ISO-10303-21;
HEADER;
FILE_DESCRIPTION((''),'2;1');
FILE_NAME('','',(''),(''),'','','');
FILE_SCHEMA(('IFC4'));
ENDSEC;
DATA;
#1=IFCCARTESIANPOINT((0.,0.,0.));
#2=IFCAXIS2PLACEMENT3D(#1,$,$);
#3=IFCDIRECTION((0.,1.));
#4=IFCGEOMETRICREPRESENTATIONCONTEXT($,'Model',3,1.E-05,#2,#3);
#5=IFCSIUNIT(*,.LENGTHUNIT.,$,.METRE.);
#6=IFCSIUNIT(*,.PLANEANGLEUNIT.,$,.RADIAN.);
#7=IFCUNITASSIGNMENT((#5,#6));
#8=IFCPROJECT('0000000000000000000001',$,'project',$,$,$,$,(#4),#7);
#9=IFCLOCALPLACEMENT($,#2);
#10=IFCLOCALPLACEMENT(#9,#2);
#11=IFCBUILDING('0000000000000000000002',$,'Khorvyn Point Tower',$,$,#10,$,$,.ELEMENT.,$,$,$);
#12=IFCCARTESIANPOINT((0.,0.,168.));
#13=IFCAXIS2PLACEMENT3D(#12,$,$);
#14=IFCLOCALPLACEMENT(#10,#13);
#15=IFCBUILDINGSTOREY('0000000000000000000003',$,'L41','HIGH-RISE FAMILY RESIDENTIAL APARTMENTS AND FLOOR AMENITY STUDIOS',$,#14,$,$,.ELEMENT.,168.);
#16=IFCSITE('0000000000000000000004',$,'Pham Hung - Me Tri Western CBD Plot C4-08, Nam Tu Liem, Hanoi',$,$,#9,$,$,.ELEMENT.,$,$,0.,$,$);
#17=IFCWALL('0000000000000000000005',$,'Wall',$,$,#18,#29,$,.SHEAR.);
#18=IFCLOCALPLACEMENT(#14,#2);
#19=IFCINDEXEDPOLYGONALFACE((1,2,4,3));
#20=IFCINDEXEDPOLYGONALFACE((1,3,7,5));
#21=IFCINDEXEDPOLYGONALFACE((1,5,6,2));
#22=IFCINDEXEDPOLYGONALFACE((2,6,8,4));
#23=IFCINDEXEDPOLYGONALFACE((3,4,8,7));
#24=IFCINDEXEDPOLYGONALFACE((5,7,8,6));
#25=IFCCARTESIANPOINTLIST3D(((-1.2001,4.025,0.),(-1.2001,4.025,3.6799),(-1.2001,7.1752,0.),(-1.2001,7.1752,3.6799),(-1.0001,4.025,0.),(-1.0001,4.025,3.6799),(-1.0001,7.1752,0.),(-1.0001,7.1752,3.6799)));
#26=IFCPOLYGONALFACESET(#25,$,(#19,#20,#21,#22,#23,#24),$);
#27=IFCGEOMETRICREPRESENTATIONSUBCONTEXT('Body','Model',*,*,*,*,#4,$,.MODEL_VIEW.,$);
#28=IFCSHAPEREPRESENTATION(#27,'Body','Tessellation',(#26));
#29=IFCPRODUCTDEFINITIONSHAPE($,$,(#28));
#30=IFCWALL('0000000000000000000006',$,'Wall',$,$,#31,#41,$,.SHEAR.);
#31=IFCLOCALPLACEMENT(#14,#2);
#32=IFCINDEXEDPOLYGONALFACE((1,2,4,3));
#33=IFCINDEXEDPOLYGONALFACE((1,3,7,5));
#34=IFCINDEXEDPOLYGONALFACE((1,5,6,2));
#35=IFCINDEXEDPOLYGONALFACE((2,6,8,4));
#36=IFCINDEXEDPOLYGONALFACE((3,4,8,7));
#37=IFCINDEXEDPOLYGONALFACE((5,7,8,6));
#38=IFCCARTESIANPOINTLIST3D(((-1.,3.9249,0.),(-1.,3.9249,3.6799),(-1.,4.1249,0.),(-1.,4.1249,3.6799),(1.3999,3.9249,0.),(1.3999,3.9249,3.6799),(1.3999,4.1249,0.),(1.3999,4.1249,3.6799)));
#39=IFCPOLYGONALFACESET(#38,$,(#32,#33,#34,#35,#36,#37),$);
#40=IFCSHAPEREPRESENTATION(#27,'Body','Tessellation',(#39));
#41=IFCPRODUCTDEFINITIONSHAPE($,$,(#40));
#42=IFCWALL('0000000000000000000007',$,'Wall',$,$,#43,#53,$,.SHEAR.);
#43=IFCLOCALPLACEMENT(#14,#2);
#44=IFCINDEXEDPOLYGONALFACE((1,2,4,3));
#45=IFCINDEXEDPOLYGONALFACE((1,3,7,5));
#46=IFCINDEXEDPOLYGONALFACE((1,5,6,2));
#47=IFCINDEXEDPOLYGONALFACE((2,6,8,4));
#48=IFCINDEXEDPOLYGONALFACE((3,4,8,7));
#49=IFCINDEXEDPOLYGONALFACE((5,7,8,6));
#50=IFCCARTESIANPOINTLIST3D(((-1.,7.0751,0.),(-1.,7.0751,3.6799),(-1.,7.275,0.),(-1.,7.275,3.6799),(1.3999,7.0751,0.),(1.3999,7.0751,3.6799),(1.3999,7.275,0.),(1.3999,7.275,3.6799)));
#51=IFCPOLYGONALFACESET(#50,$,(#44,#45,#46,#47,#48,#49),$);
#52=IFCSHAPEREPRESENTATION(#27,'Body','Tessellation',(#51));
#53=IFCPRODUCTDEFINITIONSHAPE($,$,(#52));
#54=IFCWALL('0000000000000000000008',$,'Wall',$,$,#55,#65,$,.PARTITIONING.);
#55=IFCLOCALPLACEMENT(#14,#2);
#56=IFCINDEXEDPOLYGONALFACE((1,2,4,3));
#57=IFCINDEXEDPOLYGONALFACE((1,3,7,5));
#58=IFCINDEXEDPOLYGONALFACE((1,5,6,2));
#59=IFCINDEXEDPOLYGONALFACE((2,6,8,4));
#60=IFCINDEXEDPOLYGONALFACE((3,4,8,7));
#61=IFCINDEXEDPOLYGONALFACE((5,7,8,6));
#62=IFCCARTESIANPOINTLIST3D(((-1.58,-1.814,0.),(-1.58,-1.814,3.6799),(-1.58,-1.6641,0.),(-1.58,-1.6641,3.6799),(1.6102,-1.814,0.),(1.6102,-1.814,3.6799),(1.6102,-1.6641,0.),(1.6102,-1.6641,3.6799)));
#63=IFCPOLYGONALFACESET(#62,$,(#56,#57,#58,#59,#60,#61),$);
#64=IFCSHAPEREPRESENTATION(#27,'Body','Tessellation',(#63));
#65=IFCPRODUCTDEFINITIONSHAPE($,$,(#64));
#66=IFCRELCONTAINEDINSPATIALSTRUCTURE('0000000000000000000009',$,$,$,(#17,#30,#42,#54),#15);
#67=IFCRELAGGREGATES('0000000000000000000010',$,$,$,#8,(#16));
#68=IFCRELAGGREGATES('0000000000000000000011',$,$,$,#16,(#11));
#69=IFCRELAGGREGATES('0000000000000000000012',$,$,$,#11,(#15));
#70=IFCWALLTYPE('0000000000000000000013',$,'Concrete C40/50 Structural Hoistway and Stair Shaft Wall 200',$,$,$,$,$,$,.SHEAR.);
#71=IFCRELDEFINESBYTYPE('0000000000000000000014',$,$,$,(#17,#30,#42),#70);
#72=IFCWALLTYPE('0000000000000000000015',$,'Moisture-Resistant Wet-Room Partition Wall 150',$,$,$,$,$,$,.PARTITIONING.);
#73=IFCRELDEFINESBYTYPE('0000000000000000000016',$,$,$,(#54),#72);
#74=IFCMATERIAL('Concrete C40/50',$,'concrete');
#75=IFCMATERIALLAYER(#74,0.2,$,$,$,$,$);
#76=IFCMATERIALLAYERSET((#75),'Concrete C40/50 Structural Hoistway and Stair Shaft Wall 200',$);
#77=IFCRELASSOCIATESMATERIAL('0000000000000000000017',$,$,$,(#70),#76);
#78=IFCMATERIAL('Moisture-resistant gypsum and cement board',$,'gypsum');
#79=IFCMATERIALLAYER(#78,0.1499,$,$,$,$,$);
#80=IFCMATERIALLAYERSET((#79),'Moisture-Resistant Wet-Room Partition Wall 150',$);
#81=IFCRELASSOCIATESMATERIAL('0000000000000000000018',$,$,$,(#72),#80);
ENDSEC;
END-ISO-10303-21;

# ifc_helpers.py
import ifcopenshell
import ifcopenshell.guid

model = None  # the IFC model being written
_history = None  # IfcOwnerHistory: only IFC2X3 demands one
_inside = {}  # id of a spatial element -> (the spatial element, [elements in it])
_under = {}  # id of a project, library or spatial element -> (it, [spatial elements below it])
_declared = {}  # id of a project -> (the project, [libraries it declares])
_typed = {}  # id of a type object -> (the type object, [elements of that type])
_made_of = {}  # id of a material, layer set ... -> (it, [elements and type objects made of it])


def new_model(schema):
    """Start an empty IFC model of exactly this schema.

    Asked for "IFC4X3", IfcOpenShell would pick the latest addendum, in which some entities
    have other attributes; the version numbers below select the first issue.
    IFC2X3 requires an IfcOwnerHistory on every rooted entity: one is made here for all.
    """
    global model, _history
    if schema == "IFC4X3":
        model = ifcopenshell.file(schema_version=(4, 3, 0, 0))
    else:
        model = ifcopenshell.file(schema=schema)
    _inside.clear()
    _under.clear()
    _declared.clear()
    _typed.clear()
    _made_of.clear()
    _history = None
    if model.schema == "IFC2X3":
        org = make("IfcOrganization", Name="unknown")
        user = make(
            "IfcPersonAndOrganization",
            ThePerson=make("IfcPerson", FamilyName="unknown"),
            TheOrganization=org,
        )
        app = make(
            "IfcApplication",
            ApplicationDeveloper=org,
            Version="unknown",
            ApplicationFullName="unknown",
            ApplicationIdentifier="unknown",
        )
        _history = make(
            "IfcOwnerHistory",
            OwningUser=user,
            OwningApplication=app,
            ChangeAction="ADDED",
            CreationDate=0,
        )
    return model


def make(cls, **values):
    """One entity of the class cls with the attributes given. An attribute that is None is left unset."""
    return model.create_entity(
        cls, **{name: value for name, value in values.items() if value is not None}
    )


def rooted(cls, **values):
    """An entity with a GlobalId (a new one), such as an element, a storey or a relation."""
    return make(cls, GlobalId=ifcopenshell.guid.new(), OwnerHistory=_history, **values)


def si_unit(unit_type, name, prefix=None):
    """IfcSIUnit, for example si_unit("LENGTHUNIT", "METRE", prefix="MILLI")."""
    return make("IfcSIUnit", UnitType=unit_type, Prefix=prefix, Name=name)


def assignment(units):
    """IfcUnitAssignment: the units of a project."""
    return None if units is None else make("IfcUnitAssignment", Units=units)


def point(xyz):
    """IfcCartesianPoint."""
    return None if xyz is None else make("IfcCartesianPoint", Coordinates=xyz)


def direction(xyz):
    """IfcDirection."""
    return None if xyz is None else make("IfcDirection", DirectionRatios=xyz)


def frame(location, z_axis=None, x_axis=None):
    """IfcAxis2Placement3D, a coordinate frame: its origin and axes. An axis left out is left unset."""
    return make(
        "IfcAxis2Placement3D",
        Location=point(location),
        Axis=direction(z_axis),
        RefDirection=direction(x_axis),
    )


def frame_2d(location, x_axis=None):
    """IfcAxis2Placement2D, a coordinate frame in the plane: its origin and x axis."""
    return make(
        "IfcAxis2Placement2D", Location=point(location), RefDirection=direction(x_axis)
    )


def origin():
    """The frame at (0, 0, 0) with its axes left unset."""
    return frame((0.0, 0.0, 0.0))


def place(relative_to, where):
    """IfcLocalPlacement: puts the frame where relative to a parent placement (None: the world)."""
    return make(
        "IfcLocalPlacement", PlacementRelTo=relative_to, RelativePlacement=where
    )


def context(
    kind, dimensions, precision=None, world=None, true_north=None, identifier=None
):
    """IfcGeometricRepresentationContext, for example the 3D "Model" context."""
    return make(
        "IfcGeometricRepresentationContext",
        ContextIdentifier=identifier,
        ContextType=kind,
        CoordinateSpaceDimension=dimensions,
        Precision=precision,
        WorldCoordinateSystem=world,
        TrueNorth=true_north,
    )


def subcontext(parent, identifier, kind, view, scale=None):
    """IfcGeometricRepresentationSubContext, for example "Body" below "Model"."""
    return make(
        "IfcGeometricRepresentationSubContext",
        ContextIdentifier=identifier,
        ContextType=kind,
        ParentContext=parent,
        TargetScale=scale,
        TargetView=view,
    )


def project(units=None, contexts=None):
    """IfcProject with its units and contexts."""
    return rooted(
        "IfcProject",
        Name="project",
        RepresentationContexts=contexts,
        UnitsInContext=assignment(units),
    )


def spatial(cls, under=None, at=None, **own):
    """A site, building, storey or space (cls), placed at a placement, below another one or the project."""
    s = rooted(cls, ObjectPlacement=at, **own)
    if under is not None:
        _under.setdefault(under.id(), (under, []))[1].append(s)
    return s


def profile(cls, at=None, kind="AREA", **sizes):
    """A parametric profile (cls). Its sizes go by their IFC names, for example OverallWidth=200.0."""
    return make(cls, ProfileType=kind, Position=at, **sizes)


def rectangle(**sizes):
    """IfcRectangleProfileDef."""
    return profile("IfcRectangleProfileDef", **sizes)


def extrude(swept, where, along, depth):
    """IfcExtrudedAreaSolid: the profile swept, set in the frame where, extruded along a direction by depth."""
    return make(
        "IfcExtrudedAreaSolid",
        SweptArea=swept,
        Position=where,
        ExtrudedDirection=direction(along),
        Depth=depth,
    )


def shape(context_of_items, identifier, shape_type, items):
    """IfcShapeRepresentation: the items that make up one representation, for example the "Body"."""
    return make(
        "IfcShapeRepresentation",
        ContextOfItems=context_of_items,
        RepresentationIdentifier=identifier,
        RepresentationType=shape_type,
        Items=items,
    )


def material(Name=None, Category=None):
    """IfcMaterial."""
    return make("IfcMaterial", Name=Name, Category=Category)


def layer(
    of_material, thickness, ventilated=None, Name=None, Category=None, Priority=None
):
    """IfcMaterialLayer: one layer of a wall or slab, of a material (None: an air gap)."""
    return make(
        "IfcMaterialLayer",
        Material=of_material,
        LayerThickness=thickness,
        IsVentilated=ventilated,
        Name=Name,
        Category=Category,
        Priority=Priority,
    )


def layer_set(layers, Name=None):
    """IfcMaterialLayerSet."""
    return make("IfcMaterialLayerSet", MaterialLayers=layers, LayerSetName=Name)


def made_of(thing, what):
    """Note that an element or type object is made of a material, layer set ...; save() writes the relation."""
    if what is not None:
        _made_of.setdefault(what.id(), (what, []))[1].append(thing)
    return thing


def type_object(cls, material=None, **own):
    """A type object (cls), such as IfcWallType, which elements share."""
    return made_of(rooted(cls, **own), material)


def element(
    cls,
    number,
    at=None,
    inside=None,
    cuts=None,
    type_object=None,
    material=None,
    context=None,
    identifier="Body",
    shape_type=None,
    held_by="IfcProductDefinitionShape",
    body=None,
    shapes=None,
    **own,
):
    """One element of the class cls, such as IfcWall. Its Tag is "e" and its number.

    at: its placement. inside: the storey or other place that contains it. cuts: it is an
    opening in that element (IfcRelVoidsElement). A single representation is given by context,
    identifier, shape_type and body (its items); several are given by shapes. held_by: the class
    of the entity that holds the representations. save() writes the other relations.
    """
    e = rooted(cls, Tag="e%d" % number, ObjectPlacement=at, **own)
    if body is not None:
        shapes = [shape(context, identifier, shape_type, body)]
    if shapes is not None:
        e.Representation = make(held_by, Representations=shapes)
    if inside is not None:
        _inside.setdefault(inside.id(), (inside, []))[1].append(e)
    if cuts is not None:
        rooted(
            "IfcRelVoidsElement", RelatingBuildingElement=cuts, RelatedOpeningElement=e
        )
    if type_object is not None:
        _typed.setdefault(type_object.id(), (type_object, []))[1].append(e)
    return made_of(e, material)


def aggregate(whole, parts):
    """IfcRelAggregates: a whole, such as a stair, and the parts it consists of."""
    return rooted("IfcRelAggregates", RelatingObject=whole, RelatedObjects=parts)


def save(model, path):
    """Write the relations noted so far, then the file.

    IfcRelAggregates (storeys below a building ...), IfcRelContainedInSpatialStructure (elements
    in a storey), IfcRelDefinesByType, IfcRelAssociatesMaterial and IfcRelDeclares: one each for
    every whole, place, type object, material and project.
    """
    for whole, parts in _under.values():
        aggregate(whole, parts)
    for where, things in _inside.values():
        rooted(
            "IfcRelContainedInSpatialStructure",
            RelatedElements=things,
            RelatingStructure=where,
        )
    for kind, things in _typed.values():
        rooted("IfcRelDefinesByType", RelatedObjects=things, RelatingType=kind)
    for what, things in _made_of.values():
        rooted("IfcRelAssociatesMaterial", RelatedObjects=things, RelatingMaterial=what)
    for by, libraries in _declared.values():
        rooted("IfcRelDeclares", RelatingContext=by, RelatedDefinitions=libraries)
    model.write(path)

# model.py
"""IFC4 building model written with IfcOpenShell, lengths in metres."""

from ifc_helpers import new_model, si_unit, direction, frame, frame_2d, origin, place, context, subcontext, project, spatial, rectangle, extrude, material, layer, layer_set, type_object, element, save


model = new_model("IFC4")

# Units and contexts
model_context = context("Model", 3, precision=1e-05, world=origin(), true_north=direction((0.0, 1.0)))
body_context = subcontext(model_context, "Body", "Model", "MODEL_VIEW")
ifc_project = project(units=[si_unit("LENGTHUNIT", "METRE"), si_unit("PLANEANGLEUNIT", "RADIAN")], contexts=[model_context])

# Site, building, storey
site_placement = place(None, origin())
site = spatial("IfcSite", under=ifc_project, at=site_placement, Name="Pham Hung - Me Tri Western CBD Plot C4-08, Nam Tu Liem, Hanoi", CompositionType="ELEMENT", RefElevation=0.0)
building_placement = place(site_placement, origin())
building = spatial("IfcBuilding", under=site, at=building_placement, Name="Khorvyn Point Tower", CompositionType="ELEMENT")
storey_placement = place(building_placement, frame((0.0, 0.0, 168.0)))
storey = spatial("IfcBuildingStorey", under=building, at=storey_placement, Name="L41", Description="HIGH-RISE FAMILY RESIDENTIAL APARTMENTS AND FLOOR AMENITY STUDIOS", CompositionType="ELEMENT", Elevation=168.0)

# Shared definitions
ifc_material_1 = material(Name="Concrete C40/50", Category="concrete")

# Shared definitions
ifc_layer_1 = layer(ifc_material_1, 0.2)
ifc_layer_set_1 = layer_set([ifc_layer_1], Name="Concrete C40/50 Structural Hoistway and Stair Shaft Wall 200")
wall_type_1 = type_object("IfcWallType", Name="Concrete C40/50 Structural Hoistway and Stair Shaft Wall 200", PredefinedType="SHEAR", material=ifc_layer_set_1)

# Walls
wall_1_placement = place(storey_placement, frame((-1.1001, 4.0249, 0.0), z_axis=(0.0, 0.0, 1.0), x_axis=(0.0, 1.0, 0.0)))
element("IfcWall", 1, at=wall_1_placement, inside=storey, type_object=wall_type_1, Name="Wall", PredefinedType="SHEAR", context=body_context, shape_type="SweptSolid", body=[
    extrude(rectangle(XDim=3.1501, YDim=0.2, at=frame_2d((1.5752, 0.0))), origin(), (0.0, 0.0, 1.0), 3.6799),
])
for number, where, z_axis, x_axis, name in (
    (2, (-1.0, 4.0249, 0.0), (0.0, 0.0, 1.0), (1.0, 0.0, 0.0), "Wall"),
    (3, (-1.0, 7.175, 0.0), (0.0, 0.0, 1.0), (1.0, 0.0, 0.0), "Wall"),
):
    element("IfcWall", number, at=place(storey_placement, frame(where, z_axis=z_axis, x_axis=x_axis)), inside=storey, type_object=wall_type_1, Name=name, PredefinedType="SHEAR", context=body_context, shape_type="SweptSolid", body=[
        extrude(rectangle(XDim=2.3999, YDim=0.2, at=frame_2d((1.2, 0.0))), origin(), (0.0, 0.0, 1.0), 3.6799),
    ])
ifc_material_2 = material(Name="Moisture-resistant gypsum and cement board", Category="gypsum")
ifc_layer_2 = layer(ifc_material_2, 0.1499)
ifc_layer_set_2 = layer_set([ifc_layer_2], Name="Moisture-Resistant Wet-Room Partition Wall 150")
wall_type_2 = type_object("IfcWallType", Name="Moisture-Resistant Wet-Room Partition Wall 150", PredefinedType="PARTITIONING", material=ifc_layer_set_2)
wall_2_placement = place(storey_placement, frame((-1.5801, -1.739, 0.0), z_axis=(0.0, 0.0, 1.0), x_axis=(1.0, 0.0, 0.0)))
element("IfcWall", 4, at=wall_2_placement, inside=storey, type_object=wall_type_2, Name="Wall", PredefinedType="PARTITIONING", context=body_context, shape_type="SweptSolid", body=[
    extrude(rectangle(XDim=3.1902, YDim=0.1499, at=frame_2d((1.5952, 0.0))), origin(), (0.0, 0.0, 1.0), 3.6799),
])

save(model, "model.ifc")
